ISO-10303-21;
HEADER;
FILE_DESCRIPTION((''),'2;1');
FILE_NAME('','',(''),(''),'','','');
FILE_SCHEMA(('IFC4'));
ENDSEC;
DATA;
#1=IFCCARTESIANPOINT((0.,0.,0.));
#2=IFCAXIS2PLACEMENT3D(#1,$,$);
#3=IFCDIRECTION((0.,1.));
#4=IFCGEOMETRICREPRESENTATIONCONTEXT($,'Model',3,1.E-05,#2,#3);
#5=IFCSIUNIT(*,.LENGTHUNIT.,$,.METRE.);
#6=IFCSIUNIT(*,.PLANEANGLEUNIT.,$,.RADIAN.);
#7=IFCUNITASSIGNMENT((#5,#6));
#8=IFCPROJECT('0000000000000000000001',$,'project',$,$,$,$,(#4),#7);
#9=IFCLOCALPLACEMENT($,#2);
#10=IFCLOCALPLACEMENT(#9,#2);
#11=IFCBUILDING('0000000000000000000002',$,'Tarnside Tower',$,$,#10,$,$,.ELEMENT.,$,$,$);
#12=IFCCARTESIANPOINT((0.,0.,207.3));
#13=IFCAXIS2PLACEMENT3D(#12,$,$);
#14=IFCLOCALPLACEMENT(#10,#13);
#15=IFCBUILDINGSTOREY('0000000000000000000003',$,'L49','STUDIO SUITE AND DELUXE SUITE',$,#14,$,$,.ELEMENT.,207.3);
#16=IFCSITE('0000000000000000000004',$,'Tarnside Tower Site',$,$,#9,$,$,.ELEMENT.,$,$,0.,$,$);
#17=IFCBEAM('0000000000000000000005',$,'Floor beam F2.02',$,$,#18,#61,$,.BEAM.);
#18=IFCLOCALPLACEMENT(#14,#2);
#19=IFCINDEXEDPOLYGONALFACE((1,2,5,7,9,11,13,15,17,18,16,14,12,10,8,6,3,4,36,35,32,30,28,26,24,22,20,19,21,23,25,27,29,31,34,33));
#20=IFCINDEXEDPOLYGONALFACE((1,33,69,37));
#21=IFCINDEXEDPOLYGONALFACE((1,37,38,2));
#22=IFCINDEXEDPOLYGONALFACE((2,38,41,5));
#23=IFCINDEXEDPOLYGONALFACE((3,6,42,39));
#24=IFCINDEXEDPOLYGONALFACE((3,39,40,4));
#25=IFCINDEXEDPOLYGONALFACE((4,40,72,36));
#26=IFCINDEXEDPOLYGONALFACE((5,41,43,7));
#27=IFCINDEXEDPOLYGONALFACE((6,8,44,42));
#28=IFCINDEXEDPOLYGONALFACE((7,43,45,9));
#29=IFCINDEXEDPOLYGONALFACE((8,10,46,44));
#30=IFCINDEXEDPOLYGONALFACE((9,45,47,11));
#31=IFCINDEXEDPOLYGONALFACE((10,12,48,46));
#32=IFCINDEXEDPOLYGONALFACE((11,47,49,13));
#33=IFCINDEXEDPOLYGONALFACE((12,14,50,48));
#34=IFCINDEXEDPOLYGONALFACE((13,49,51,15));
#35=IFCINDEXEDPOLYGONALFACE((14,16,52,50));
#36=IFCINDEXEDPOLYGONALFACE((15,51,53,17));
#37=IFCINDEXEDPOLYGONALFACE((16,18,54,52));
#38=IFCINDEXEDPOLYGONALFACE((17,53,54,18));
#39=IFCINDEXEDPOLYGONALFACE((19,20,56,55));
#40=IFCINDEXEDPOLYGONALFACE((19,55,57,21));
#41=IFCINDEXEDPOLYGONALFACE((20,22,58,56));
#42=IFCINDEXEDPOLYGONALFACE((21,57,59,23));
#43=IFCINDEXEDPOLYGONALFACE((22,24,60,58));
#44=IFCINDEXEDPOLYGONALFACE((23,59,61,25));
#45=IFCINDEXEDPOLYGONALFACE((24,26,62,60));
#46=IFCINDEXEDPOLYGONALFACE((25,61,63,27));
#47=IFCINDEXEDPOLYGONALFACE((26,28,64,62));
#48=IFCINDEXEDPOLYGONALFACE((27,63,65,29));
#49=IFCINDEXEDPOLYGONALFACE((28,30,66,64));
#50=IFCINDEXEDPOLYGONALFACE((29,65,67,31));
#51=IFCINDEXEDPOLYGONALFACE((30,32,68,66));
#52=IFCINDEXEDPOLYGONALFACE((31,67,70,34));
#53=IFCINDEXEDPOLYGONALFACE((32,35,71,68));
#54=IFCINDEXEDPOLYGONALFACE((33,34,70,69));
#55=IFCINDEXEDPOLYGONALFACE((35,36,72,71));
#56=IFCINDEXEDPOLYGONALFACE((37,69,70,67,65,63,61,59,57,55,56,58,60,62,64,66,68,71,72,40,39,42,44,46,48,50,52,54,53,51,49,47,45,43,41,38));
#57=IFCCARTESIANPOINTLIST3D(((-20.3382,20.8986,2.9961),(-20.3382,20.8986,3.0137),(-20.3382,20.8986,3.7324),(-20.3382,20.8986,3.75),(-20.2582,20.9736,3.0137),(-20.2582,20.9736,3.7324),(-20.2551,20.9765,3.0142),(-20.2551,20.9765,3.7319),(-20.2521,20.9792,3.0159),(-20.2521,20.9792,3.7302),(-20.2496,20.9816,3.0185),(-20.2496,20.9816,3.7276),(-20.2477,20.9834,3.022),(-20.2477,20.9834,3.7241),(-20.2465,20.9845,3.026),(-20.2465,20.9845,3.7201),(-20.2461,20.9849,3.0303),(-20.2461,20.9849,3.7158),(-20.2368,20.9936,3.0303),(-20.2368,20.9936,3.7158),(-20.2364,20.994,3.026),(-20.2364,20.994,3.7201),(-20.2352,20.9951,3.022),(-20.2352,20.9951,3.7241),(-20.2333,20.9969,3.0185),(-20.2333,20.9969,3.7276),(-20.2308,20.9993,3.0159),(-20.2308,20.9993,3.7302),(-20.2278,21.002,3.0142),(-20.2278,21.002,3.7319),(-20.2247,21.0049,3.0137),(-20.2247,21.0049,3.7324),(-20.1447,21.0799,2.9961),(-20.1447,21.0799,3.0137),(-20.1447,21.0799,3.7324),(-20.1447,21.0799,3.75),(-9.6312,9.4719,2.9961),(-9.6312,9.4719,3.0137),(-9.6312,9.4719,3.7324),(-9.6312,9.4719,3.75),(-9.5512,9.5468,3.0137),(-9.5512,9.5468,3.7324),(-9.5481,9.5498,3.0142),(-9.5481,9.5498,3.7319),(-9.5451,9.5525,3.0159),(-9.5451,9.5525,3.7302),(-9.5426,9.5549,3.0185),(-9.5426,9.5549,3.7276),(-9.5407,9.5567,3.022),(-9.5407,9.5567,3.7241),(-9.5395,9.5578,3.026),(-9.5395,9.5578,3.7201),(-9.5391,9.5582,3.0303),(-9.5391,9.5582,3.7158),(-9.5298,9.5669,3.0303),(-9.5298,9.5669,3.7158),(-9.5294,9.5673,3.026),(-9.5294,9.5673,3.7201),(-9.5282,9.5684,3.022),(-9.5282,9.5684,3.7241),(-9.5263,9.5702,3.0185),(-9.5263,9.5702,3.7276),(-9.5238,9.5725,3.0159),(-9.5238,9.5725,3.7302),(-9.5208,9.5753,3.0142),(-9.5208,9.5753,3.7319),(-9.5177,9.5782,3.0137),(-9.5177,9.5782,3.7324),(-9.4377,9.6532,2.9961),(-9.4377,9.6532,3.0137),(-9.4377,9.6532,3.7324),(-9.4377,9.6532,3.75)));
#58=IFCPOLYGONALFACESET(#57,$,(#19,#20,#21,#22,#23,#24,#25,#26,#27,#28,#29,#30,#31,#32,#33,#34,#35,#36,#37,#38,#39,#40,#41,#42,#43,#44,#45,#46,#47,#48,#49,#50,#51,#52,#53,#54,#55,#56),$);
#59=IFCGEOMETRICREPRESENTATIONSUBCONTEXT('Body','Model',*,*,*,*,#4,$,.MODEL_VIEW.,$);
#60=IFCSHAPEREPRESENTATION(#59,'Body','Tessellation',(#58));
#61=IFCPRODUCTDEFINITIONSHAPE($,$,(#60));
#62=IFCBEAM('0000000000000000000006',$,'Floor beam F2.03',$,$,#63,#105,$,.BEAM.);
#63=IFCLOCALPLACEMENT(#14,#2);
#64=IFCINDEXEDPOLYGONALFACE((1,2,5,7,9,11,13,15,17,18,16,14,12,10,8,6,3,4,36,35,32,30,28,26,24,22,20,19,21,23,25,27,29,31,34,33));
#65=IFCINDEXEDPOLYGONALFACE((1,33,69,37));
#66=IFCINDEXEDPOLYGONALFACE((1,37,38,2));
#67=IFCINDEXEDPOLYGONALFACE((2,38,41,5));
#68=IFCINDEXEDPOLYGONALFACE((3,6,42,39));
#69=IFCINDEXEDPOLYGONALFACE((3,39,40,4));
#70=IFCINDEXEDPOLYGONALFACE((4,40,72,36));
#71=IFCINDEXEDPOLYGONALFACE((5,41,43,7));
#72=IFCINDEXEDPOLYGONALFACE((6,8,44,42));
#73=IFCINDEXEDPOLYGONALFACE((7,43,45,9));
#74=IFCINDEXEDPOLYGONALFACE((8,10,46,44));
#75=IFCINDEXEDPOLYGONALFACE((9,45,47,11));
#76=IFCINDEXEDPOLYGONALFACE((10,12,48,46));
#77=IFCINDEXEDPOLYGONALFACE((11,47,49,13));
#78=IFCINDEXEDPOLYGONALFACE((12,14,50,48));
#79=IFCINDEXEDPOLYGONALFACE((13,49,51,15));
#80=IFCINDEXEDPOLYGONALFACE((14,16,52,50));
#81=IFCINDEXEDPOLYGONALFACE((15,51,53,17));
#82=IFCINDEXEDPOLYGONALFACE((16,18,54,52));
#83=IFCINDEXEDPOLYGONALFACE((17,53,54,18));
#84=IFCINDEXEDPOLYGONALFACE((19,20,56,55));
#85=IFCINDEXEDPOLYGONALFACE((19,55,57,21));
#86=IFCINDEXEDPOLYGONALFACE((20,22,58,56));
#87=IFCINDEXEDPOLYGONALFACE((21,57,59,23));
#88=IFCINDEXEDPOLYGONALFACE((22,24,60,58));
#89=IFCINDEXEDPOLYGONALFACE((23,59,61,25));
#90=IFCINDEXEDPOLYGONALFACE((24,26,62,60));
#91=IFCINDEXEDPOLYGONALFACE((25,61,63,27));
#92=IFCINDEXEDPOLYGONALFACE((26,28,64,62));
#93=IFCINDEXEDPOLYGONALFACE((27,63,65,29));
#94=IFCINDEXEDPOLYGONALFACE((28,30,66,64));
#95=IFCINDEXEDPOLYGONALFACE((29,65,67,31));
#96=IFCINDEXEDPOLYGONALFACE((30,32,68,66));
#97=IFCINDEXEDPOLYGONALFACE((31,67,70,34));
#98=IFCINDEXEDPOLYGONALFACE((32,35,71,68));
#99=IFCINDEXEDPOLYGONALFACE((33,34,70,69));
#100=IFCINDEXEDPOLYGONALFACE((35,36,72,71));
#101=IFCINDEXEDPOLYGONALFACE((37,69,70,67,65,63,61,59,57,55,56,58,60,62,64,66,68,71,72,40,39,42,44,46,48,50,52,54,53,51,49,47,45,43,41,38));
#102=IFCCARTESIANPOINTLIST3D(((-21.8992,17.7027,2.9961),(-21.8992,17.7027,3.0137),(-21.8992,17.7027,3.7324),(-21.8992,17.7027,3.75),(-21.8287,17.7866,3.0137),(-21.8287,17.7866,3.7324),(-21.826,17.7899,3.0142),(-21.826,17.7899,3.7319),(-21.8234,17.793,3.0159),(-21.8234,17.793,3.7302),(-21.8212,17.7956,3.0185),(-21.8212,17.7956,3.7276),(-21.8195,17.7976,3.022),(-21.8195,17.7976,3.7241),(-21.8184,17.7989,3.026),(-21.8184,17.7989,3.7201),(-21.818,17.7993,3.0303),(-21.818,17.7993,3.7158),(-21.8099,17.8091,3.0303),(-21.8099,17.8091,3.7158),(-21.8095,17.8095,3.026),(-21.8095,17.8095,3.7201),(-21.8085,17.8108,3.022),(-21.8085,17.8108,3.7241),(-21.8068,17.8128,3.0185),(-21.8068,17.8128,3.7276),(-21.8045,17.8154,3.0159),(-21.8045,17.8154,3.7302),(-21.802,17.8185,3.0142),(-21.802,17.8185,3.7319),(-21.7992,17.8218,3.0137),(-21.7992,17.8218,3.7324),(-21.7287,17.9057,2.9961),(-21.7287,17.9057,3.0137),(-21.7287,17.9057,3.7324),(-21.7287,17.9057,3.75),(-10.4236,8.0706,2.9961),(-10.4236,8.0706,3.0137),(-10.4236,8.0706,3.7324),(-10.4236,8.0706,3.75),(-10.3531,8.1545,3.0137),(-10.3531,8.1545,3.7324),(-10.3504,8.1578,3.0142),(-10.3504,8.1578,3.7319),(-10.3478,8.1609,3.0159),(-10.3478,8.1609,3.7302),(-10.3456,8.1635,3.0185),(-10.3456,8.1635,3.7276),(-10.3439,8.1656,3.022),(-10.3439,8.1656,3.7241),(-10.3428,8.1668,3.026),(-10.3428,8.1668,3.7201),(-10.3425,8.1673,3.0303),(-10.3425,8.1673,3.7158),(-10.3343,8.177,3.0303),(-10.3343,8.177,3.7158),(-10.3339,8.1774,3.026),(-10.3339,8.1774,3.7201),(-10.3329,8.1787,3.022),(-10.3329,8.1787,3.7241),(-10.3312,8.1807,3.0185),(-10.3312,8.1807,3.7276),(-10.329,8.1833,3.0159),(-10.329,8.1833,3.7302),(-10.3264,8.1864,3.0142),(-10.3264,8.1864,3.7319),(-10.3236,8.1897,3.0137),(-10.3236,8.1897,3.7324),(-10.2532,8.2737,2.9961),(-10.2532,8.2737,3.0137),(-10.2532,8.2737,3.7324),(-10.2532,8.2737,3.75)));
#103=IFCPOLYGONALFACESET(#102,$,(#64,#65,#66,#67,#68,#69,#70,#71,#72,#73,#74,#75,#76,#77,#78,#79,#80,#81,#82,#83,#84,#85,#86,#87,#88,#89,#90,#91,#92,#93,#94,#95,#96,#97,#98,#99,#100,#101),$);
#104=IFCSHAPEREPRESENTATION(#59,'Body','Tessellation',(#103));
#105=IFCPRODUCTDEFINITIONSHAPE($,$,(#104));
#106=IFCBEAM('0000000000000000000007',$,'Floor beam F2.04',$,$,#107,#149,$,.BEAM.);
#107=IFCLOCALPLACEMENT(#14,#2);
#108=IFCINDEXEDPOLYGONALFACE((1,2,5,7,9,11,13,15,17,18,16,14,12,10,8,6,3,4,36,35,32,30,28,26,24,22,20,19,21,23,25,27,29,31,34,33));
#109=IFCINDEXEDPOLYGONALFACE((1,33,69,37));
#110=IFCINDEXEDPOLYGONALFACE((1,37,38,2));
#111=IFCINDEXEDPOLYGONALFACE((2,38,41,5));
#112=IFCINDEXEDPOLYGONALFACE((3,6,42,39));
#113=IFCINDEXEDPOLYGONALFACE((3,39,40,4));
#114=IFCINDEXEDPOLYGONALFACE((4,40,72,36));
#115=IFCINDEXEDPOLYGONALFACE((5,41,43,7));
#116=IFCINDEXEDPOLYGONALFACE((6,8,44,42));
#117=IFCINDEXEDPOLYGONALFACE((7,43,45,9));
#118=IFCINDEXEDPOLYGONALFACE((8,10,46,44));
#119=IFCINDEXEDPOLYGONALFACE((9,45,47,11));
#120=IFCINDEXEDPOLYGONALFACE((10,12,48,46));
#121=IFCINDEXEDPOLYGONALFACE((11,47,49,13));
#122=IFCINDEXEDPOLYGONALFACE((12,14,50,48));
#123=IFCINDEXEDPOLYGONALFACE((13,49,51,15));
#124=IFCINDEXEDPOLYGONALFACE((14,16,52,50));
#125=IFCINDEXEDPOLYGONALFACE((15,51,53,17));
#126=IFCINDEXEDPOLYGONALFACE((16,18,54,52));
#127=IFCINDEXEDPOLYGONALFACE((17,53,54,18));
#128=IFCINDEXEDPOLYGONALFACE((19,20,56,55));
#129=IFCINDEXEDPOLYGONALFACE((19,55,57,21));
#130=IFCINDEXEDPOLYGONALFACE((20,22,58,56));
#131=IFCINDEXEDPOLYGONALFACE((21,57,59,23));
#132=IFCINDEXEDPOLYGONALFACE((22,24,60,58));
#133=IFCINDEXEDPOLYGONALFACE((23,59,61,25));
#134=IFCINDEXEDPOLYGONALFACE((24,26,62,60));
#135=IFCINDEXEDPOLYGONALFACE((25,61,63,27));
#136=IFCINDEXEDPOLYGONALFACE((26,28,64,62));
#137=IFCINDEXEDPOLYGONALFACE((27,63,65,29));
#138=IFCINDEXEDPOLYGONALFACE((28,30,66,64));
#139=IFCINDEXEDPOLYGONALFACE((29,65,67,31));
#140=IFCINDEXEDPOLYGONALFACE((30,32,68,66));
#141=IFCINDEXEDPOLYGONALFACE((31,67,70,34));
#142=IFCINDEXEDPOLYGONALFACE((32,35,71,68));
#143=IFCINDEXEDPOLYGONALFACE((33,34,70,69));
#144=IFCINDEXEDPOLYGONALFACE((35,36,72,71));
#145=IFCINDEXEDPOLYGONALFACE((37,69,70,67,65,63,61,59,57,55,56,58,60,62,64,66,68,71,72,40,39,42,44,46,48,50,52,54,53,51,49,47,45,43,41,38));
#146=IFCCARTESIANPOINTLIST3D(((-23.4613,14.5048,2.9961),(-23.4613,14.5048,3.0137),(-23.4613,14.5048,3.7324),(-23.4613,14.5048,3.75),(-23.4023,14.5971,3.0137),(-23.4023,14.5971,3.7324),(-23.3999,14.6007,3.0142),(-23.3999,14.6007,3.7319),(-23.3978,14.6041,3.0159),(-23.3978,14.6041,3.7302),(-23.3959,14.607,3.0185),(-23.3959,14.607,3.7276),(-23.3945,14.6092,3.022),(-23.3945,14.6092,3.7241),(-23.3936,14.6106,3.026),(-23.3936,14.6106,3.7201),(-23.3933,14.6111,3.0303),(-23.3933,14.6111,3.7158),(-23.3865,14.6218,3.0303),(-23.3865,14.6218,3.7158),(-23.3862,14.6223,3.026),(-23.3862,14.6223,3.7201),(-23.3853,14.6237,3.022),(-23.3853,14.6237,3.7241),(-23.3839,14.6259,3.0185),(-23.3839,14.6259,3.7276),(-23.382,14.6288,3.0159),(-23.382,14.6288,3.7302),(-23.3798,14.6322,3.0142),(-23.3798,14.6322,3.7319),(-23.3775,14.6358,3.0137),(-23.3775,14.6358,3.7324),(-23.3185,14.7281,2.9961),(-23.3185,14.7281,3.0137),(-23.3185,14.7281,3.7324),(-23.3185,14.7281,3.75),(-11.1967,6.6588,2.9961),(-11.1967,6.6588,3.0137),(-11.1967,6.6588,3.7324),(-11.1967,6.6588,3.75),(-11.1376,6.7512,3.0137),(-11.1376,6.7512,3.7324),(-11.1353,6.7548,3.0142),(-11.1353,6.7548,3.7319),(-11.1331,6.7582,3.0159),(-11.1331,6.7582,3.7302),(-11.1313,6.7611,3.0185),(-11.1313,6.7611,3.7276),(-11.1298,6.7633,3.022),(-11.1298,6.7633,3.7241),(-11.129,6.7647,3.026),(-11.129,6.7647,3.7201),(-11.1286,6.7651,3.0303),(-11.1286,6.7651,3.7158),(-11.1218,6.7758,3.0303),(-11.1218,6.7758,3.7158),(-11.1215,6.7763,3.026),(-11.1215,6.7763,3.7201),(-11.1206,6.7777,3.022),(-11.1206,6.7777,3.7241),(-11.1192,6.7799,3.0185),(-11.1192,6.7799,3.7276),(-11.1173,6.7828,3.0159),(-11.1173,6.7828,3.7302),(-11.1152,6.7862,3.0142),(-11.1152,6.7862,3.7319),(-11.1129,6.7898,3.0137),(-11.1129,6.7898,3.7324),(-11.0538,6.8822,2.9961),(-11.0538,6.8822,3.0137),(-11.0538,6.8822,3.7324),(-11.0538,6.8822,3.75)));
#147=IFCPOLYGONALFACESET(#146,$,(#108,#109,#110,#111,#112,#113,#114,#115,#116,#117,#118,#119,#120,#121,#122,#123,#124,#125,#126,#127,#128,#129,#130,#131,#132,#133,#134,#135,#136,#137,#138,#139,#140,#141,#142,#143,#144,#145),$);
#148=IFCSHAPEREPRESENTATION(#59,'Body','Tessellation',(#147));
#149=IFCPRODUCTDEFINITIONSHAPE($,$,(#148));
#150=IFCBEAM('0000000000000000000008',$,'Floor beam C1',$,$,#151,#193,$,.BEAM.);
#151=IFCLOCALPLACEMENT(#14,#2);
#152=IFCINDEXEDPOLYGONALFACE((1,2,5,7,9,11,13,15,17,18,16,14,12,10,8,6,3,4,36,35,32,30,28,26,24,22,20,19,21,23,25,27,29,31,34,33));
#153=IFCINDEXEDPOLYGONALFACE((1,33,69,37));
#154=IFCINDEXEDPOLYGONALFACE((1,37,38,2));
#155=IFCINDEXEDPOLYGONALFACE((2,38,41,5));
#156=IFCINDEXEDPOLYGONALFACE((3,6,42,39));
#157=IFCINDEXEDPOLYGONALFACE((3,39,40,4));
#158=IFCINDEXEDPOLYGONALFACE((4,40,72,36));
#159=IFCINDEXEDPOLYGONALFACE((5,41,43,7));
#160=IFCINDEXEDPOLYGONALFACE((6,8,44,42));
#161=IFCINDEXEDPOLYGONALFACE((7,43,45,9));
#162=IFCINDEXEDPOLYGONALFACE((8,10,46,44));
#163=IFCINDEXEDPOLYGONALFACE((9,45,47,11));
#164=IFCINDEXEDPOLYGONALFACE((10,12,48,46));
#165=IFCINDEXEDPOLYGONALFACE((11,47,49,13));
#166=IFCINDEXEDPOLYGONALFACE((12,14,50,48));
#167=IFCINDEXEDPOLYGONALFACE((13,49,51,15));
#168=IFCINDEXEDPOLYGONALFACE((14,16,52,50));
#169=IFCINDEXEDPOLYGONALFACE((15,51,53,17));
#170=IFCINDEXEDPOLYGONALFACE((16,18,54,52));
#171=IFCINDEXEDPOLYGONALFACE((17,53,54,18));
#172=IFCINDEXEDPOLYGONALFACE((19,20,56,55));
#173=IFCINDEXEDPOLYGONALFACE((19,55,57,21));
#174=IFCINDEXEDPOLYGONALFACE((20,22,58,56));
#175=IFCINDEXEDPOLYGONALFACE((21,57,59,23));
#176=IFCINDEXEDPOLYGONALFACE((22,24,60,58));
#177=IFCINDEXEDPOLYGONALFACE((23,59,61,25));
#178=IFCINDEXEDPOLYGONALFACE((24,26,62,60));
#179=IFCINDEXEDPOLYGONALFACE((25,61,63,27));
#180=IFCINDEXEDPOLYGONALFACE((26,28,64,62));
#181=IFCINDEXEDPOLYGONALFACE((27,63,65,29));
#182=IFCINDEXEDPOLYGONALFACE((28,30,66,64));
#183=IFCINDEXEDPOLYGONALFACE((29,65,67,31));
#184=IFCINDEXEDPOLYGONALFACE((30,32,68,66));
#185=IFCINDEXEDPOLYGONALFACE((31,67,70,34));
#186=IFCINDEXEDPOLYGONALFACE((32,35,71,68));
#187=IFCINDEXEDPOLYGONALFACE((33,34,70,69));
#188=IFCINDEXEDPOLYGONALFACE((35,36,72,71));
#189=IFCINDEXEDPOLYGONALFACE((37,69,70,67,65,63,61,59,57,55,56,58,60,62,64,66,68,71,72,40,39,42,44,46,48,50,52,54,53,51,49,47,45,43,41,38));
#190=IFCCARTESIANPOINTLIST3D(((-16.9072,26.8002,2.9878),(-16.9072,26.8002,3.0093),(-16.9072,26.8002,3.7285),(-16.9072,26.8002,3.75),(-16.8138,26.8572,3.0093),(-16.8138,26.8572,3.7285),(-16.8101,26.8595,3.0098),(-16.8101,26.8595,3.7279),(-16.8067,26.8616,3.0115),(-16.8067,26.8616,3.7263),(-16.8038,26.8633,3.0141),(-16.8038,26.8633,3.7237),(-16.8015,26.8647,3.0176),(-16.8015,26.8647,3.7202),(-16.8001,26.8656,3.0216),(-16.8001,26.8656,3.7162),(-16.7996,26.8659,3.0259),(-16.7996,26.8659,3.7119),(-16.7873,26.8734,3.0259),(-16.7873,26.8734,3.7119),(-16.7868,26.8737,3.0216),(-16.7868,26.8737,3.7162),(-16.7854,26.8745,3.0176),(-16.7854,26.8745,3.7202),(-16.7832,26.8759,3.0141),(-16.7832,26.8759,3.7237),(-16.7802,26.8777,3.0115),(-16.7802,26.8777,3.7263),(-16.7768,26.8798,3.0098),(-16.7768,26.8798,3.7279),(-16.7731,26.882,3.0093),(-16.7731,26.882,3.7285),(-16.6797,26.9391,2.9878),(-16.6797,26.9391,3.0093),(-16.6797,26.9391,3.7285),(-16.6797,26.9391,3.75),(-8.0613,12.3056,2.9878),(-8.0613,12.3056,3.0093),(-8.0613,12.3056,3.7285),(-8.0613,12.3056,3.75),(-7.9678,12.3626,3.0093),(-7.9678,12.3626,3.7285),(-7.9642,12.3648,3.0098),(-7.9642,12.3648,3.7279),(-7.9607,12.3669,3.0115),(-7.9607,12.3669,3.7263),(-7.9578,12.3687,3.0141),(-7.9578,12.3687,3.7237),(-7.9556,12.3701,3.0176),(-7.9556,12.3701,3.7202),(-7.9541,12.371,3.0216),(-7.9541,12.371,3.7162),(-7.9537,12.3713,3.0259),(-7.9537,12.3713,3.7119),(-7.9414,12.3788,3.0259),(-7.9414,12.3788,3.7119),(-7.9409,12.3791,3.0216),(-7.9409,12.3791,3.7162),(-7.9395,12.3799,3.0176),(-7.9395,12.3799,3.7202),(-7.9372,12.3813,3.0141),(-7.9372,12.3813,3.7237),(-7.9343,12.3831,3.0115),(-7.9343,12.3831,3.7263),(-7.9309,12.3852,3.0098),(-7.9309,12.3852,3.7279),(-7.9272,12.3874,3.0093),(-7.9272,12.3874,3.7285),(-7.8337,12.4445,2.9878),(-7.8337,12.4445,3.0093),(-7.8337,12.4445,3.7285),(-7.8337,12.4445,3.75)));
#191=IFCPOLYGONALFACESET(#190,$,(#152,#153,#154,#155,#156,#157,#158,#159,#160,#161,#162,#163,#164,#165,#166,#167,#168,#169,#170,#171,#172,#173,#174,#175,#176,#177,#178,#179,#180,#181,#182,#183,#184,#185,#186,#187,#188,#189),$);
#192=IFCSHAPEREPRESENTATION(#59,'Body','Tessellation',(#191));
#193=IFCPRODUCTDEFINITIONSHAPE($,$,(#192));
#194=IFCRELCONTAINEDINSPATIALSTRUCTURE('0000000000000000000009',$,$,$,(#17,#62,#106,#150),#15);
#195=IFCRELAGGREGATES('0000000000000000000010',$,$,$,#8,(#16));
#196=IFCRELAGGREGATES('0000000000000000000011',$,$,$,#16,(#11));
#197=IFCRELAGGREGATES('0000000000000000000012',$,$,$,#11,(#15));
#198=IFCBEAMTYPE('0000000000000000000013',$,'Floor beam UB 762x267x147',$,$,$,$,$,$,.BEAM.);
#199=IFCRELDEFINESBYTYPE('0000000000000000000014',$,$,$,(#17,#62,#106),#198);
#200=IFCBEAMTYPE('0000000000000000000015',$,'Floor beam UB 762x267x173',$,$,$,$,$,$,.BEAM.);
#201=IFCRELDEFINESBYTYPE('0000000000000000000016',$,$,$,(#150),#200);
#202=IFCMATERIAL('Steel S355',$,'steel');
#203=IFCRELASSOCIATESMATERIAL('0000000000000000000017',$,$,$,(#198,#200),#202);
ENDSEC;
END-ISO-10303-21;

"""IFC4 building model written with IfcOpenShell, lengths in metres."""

from ifc_helpers import new_model, si_unit, direction, frame, origin, origin_2d, place, context, subcontext, project, spatial, i_section, extrude, material, material_profile, profile_set, type_object, element, save


model = new_model("IFC4")

# Units and contexts
model_context = context("Model", 3, precision=1e-05, world=origin(), true_north=direction((0.0, 1.0)))
body_context = subcontext(model_context, "Body", "Model", "MODEL_VIEW")
ifc_project = project(units=[si_unit("LENGTHUNIT", "METRE"), si_unit("PLANEANGLEUNIT", "RADIAN")], contexts=[model_context])

# Site, building, storey
site_placement = place(None, origin())
site = spatial("IfcSite", under=ifc_project, at=site_placement, Name="Tarnside Tower Site", CompositionType="ELEMENT", RefElevation=0.0)
building_placement = place(site_placement, origin())
building = spatial("IfcBuilding", under=site, at=building_placement, Name="Tarnside Tower", CompositionType="ELEMENT")
storey_placement = place(building_placement, frame((0.0, 0.0, 207.3)))
storey = spatial("IfcBuildingStorey", under=building, at=storey_placement, Name="L49", Description="STUDIO SUITE AND DELUXE SUITE", CompositionType="ELEMENT", Elevation=207.3)

# Beams
ifc_material_1 = material(Name="Steel S355", Category="steel")
ifc_material_profile_1 = material_profile(ifc_material_1, i_section(OverallWidth=0.2651, OverallDepth=0.7539, WebThickness=0.0127, FlangeThickness=0.0176, FilletRadius=0.0166, at=origin_2d()), Name="UB 762x267x147")
ifc_profile_set_1 = profile_set([ifc_material_profile_1], Name="Steel S355")
beam_type_1 = type_object("IfcBeamType", Name="Floor beam UB 762x267x147", PredefinedType="BEAM", material=ifc_profile_set_1)
beam_1_placement = place(storey_placement, frame((-20.2415, 20.9893, 3.373), z_axis=(0.683752, -0.729714, 0.0), x_axis=(0.729714, 0.683752, 0.0)))
element("IfcBeam", 1, at=beam_1_placement, inside=storey, type_object=beam_type_1, Name="Floor beam F2.02", PredefinedType="BEAM", context=body_context, shape_type="SweptSolid", body=[
    extrude(i_section(OverallWidth=0.2651, OverallDepth=0.7539, WebThickness=0.0127, FlangeThickness=0.0176, FilletRadius=0.0166, at=origin_2d()), origin(), (0.0, 0.0, 1.0), 15.6592),
])
beam_2_placement = place(storey_placement, frame((-21.814, 17.8042, 3.373), z_axis=(0.765948, -0.642902, 0.0), x_axis=(0.642902, 0.765948, 0.0)))
element("IfcBeam", 2, at=beam_2_placement, inside=storey, type_object=beam_type_1, Name="Floor beam F2.03", PredefinedType="BEAM", context=body_context, shape_type="SweptSolid", body=[
    extrude(i_section(OverallWidth=0.2651, OverallDepth=0.7539, WebThickness=0.0127, FlangeThickness=0.0176, FilletRadius=0.0166, at=origin_2d()), origin(), (0.0, 0.0, 1.0), 14.9822),
])
beam_3_placement = place(storey_placement, frame((-23.3899, 14.6165, 3.373), z_axis=(0.842378, -0.538887, 0.0), x_axis=(0.538887, 0.842378, 0.0)))
element("IfcBeam", 3, at=beam_3_placement, inside=storey, type_object=beam_type_1, Name="Floor beam F2.04", PredefinedType="BEAM", context=body_context, shape_type="SweptSolid", body=[
    extrude(i_section(OverallWidth=0.2651, OverallDepth=0.7539, WebThickness=0.0127, FlangeThickness=0.0176, FilletRadius=0.0166, at=origin_2d()), origin(), (0.0, 0.0, 1.0), 14.5596),
])
ifc_material_profile_2 = material_profile(ifc_material_1, i_section(OverallWidth=0.2666, OverallDepth=0.7622, WebThickness=0.0144, FlangeThickness=0.0215, FilletRadius=0.0166, at=origin_2d()), Name="UB 762x267x173")
ifc_profile_set_2 = profile_set([ifc_material_profile_2], Name="Steel S355")
beam_type_2 = type_object("IfcBeamType", Name="Floor beam UB 762x267x173", PredefinedType="BEAM", material=ifc_profile_set_2)
beam_4_placement = place(storey_placement, frame((-16.7935, 26.8696, 3.3689), z_axis=(0.52094, -0.853593, 0.0), x_axis=(0.853593, 0.52094, 0.0)))
element("IfcBeam", 4, at=beam_4_placement, inside=storey, type_object=beam_type_2, Name="Floor beam C1", PredefinedType="BEAM", context=body_context, shape_type="SweptSolid", body=[
    extrude(i_section(OverallWidth=0.2666, OverallDepth=0.7622, WebThickness=0.0144, FlangeThickness=0.0215, FilletRadius=0.0166, at=origin_2d()), origin(), (0.0, 0.0, 1.0), 16.9807),
])

save(model, "model.ifc")
